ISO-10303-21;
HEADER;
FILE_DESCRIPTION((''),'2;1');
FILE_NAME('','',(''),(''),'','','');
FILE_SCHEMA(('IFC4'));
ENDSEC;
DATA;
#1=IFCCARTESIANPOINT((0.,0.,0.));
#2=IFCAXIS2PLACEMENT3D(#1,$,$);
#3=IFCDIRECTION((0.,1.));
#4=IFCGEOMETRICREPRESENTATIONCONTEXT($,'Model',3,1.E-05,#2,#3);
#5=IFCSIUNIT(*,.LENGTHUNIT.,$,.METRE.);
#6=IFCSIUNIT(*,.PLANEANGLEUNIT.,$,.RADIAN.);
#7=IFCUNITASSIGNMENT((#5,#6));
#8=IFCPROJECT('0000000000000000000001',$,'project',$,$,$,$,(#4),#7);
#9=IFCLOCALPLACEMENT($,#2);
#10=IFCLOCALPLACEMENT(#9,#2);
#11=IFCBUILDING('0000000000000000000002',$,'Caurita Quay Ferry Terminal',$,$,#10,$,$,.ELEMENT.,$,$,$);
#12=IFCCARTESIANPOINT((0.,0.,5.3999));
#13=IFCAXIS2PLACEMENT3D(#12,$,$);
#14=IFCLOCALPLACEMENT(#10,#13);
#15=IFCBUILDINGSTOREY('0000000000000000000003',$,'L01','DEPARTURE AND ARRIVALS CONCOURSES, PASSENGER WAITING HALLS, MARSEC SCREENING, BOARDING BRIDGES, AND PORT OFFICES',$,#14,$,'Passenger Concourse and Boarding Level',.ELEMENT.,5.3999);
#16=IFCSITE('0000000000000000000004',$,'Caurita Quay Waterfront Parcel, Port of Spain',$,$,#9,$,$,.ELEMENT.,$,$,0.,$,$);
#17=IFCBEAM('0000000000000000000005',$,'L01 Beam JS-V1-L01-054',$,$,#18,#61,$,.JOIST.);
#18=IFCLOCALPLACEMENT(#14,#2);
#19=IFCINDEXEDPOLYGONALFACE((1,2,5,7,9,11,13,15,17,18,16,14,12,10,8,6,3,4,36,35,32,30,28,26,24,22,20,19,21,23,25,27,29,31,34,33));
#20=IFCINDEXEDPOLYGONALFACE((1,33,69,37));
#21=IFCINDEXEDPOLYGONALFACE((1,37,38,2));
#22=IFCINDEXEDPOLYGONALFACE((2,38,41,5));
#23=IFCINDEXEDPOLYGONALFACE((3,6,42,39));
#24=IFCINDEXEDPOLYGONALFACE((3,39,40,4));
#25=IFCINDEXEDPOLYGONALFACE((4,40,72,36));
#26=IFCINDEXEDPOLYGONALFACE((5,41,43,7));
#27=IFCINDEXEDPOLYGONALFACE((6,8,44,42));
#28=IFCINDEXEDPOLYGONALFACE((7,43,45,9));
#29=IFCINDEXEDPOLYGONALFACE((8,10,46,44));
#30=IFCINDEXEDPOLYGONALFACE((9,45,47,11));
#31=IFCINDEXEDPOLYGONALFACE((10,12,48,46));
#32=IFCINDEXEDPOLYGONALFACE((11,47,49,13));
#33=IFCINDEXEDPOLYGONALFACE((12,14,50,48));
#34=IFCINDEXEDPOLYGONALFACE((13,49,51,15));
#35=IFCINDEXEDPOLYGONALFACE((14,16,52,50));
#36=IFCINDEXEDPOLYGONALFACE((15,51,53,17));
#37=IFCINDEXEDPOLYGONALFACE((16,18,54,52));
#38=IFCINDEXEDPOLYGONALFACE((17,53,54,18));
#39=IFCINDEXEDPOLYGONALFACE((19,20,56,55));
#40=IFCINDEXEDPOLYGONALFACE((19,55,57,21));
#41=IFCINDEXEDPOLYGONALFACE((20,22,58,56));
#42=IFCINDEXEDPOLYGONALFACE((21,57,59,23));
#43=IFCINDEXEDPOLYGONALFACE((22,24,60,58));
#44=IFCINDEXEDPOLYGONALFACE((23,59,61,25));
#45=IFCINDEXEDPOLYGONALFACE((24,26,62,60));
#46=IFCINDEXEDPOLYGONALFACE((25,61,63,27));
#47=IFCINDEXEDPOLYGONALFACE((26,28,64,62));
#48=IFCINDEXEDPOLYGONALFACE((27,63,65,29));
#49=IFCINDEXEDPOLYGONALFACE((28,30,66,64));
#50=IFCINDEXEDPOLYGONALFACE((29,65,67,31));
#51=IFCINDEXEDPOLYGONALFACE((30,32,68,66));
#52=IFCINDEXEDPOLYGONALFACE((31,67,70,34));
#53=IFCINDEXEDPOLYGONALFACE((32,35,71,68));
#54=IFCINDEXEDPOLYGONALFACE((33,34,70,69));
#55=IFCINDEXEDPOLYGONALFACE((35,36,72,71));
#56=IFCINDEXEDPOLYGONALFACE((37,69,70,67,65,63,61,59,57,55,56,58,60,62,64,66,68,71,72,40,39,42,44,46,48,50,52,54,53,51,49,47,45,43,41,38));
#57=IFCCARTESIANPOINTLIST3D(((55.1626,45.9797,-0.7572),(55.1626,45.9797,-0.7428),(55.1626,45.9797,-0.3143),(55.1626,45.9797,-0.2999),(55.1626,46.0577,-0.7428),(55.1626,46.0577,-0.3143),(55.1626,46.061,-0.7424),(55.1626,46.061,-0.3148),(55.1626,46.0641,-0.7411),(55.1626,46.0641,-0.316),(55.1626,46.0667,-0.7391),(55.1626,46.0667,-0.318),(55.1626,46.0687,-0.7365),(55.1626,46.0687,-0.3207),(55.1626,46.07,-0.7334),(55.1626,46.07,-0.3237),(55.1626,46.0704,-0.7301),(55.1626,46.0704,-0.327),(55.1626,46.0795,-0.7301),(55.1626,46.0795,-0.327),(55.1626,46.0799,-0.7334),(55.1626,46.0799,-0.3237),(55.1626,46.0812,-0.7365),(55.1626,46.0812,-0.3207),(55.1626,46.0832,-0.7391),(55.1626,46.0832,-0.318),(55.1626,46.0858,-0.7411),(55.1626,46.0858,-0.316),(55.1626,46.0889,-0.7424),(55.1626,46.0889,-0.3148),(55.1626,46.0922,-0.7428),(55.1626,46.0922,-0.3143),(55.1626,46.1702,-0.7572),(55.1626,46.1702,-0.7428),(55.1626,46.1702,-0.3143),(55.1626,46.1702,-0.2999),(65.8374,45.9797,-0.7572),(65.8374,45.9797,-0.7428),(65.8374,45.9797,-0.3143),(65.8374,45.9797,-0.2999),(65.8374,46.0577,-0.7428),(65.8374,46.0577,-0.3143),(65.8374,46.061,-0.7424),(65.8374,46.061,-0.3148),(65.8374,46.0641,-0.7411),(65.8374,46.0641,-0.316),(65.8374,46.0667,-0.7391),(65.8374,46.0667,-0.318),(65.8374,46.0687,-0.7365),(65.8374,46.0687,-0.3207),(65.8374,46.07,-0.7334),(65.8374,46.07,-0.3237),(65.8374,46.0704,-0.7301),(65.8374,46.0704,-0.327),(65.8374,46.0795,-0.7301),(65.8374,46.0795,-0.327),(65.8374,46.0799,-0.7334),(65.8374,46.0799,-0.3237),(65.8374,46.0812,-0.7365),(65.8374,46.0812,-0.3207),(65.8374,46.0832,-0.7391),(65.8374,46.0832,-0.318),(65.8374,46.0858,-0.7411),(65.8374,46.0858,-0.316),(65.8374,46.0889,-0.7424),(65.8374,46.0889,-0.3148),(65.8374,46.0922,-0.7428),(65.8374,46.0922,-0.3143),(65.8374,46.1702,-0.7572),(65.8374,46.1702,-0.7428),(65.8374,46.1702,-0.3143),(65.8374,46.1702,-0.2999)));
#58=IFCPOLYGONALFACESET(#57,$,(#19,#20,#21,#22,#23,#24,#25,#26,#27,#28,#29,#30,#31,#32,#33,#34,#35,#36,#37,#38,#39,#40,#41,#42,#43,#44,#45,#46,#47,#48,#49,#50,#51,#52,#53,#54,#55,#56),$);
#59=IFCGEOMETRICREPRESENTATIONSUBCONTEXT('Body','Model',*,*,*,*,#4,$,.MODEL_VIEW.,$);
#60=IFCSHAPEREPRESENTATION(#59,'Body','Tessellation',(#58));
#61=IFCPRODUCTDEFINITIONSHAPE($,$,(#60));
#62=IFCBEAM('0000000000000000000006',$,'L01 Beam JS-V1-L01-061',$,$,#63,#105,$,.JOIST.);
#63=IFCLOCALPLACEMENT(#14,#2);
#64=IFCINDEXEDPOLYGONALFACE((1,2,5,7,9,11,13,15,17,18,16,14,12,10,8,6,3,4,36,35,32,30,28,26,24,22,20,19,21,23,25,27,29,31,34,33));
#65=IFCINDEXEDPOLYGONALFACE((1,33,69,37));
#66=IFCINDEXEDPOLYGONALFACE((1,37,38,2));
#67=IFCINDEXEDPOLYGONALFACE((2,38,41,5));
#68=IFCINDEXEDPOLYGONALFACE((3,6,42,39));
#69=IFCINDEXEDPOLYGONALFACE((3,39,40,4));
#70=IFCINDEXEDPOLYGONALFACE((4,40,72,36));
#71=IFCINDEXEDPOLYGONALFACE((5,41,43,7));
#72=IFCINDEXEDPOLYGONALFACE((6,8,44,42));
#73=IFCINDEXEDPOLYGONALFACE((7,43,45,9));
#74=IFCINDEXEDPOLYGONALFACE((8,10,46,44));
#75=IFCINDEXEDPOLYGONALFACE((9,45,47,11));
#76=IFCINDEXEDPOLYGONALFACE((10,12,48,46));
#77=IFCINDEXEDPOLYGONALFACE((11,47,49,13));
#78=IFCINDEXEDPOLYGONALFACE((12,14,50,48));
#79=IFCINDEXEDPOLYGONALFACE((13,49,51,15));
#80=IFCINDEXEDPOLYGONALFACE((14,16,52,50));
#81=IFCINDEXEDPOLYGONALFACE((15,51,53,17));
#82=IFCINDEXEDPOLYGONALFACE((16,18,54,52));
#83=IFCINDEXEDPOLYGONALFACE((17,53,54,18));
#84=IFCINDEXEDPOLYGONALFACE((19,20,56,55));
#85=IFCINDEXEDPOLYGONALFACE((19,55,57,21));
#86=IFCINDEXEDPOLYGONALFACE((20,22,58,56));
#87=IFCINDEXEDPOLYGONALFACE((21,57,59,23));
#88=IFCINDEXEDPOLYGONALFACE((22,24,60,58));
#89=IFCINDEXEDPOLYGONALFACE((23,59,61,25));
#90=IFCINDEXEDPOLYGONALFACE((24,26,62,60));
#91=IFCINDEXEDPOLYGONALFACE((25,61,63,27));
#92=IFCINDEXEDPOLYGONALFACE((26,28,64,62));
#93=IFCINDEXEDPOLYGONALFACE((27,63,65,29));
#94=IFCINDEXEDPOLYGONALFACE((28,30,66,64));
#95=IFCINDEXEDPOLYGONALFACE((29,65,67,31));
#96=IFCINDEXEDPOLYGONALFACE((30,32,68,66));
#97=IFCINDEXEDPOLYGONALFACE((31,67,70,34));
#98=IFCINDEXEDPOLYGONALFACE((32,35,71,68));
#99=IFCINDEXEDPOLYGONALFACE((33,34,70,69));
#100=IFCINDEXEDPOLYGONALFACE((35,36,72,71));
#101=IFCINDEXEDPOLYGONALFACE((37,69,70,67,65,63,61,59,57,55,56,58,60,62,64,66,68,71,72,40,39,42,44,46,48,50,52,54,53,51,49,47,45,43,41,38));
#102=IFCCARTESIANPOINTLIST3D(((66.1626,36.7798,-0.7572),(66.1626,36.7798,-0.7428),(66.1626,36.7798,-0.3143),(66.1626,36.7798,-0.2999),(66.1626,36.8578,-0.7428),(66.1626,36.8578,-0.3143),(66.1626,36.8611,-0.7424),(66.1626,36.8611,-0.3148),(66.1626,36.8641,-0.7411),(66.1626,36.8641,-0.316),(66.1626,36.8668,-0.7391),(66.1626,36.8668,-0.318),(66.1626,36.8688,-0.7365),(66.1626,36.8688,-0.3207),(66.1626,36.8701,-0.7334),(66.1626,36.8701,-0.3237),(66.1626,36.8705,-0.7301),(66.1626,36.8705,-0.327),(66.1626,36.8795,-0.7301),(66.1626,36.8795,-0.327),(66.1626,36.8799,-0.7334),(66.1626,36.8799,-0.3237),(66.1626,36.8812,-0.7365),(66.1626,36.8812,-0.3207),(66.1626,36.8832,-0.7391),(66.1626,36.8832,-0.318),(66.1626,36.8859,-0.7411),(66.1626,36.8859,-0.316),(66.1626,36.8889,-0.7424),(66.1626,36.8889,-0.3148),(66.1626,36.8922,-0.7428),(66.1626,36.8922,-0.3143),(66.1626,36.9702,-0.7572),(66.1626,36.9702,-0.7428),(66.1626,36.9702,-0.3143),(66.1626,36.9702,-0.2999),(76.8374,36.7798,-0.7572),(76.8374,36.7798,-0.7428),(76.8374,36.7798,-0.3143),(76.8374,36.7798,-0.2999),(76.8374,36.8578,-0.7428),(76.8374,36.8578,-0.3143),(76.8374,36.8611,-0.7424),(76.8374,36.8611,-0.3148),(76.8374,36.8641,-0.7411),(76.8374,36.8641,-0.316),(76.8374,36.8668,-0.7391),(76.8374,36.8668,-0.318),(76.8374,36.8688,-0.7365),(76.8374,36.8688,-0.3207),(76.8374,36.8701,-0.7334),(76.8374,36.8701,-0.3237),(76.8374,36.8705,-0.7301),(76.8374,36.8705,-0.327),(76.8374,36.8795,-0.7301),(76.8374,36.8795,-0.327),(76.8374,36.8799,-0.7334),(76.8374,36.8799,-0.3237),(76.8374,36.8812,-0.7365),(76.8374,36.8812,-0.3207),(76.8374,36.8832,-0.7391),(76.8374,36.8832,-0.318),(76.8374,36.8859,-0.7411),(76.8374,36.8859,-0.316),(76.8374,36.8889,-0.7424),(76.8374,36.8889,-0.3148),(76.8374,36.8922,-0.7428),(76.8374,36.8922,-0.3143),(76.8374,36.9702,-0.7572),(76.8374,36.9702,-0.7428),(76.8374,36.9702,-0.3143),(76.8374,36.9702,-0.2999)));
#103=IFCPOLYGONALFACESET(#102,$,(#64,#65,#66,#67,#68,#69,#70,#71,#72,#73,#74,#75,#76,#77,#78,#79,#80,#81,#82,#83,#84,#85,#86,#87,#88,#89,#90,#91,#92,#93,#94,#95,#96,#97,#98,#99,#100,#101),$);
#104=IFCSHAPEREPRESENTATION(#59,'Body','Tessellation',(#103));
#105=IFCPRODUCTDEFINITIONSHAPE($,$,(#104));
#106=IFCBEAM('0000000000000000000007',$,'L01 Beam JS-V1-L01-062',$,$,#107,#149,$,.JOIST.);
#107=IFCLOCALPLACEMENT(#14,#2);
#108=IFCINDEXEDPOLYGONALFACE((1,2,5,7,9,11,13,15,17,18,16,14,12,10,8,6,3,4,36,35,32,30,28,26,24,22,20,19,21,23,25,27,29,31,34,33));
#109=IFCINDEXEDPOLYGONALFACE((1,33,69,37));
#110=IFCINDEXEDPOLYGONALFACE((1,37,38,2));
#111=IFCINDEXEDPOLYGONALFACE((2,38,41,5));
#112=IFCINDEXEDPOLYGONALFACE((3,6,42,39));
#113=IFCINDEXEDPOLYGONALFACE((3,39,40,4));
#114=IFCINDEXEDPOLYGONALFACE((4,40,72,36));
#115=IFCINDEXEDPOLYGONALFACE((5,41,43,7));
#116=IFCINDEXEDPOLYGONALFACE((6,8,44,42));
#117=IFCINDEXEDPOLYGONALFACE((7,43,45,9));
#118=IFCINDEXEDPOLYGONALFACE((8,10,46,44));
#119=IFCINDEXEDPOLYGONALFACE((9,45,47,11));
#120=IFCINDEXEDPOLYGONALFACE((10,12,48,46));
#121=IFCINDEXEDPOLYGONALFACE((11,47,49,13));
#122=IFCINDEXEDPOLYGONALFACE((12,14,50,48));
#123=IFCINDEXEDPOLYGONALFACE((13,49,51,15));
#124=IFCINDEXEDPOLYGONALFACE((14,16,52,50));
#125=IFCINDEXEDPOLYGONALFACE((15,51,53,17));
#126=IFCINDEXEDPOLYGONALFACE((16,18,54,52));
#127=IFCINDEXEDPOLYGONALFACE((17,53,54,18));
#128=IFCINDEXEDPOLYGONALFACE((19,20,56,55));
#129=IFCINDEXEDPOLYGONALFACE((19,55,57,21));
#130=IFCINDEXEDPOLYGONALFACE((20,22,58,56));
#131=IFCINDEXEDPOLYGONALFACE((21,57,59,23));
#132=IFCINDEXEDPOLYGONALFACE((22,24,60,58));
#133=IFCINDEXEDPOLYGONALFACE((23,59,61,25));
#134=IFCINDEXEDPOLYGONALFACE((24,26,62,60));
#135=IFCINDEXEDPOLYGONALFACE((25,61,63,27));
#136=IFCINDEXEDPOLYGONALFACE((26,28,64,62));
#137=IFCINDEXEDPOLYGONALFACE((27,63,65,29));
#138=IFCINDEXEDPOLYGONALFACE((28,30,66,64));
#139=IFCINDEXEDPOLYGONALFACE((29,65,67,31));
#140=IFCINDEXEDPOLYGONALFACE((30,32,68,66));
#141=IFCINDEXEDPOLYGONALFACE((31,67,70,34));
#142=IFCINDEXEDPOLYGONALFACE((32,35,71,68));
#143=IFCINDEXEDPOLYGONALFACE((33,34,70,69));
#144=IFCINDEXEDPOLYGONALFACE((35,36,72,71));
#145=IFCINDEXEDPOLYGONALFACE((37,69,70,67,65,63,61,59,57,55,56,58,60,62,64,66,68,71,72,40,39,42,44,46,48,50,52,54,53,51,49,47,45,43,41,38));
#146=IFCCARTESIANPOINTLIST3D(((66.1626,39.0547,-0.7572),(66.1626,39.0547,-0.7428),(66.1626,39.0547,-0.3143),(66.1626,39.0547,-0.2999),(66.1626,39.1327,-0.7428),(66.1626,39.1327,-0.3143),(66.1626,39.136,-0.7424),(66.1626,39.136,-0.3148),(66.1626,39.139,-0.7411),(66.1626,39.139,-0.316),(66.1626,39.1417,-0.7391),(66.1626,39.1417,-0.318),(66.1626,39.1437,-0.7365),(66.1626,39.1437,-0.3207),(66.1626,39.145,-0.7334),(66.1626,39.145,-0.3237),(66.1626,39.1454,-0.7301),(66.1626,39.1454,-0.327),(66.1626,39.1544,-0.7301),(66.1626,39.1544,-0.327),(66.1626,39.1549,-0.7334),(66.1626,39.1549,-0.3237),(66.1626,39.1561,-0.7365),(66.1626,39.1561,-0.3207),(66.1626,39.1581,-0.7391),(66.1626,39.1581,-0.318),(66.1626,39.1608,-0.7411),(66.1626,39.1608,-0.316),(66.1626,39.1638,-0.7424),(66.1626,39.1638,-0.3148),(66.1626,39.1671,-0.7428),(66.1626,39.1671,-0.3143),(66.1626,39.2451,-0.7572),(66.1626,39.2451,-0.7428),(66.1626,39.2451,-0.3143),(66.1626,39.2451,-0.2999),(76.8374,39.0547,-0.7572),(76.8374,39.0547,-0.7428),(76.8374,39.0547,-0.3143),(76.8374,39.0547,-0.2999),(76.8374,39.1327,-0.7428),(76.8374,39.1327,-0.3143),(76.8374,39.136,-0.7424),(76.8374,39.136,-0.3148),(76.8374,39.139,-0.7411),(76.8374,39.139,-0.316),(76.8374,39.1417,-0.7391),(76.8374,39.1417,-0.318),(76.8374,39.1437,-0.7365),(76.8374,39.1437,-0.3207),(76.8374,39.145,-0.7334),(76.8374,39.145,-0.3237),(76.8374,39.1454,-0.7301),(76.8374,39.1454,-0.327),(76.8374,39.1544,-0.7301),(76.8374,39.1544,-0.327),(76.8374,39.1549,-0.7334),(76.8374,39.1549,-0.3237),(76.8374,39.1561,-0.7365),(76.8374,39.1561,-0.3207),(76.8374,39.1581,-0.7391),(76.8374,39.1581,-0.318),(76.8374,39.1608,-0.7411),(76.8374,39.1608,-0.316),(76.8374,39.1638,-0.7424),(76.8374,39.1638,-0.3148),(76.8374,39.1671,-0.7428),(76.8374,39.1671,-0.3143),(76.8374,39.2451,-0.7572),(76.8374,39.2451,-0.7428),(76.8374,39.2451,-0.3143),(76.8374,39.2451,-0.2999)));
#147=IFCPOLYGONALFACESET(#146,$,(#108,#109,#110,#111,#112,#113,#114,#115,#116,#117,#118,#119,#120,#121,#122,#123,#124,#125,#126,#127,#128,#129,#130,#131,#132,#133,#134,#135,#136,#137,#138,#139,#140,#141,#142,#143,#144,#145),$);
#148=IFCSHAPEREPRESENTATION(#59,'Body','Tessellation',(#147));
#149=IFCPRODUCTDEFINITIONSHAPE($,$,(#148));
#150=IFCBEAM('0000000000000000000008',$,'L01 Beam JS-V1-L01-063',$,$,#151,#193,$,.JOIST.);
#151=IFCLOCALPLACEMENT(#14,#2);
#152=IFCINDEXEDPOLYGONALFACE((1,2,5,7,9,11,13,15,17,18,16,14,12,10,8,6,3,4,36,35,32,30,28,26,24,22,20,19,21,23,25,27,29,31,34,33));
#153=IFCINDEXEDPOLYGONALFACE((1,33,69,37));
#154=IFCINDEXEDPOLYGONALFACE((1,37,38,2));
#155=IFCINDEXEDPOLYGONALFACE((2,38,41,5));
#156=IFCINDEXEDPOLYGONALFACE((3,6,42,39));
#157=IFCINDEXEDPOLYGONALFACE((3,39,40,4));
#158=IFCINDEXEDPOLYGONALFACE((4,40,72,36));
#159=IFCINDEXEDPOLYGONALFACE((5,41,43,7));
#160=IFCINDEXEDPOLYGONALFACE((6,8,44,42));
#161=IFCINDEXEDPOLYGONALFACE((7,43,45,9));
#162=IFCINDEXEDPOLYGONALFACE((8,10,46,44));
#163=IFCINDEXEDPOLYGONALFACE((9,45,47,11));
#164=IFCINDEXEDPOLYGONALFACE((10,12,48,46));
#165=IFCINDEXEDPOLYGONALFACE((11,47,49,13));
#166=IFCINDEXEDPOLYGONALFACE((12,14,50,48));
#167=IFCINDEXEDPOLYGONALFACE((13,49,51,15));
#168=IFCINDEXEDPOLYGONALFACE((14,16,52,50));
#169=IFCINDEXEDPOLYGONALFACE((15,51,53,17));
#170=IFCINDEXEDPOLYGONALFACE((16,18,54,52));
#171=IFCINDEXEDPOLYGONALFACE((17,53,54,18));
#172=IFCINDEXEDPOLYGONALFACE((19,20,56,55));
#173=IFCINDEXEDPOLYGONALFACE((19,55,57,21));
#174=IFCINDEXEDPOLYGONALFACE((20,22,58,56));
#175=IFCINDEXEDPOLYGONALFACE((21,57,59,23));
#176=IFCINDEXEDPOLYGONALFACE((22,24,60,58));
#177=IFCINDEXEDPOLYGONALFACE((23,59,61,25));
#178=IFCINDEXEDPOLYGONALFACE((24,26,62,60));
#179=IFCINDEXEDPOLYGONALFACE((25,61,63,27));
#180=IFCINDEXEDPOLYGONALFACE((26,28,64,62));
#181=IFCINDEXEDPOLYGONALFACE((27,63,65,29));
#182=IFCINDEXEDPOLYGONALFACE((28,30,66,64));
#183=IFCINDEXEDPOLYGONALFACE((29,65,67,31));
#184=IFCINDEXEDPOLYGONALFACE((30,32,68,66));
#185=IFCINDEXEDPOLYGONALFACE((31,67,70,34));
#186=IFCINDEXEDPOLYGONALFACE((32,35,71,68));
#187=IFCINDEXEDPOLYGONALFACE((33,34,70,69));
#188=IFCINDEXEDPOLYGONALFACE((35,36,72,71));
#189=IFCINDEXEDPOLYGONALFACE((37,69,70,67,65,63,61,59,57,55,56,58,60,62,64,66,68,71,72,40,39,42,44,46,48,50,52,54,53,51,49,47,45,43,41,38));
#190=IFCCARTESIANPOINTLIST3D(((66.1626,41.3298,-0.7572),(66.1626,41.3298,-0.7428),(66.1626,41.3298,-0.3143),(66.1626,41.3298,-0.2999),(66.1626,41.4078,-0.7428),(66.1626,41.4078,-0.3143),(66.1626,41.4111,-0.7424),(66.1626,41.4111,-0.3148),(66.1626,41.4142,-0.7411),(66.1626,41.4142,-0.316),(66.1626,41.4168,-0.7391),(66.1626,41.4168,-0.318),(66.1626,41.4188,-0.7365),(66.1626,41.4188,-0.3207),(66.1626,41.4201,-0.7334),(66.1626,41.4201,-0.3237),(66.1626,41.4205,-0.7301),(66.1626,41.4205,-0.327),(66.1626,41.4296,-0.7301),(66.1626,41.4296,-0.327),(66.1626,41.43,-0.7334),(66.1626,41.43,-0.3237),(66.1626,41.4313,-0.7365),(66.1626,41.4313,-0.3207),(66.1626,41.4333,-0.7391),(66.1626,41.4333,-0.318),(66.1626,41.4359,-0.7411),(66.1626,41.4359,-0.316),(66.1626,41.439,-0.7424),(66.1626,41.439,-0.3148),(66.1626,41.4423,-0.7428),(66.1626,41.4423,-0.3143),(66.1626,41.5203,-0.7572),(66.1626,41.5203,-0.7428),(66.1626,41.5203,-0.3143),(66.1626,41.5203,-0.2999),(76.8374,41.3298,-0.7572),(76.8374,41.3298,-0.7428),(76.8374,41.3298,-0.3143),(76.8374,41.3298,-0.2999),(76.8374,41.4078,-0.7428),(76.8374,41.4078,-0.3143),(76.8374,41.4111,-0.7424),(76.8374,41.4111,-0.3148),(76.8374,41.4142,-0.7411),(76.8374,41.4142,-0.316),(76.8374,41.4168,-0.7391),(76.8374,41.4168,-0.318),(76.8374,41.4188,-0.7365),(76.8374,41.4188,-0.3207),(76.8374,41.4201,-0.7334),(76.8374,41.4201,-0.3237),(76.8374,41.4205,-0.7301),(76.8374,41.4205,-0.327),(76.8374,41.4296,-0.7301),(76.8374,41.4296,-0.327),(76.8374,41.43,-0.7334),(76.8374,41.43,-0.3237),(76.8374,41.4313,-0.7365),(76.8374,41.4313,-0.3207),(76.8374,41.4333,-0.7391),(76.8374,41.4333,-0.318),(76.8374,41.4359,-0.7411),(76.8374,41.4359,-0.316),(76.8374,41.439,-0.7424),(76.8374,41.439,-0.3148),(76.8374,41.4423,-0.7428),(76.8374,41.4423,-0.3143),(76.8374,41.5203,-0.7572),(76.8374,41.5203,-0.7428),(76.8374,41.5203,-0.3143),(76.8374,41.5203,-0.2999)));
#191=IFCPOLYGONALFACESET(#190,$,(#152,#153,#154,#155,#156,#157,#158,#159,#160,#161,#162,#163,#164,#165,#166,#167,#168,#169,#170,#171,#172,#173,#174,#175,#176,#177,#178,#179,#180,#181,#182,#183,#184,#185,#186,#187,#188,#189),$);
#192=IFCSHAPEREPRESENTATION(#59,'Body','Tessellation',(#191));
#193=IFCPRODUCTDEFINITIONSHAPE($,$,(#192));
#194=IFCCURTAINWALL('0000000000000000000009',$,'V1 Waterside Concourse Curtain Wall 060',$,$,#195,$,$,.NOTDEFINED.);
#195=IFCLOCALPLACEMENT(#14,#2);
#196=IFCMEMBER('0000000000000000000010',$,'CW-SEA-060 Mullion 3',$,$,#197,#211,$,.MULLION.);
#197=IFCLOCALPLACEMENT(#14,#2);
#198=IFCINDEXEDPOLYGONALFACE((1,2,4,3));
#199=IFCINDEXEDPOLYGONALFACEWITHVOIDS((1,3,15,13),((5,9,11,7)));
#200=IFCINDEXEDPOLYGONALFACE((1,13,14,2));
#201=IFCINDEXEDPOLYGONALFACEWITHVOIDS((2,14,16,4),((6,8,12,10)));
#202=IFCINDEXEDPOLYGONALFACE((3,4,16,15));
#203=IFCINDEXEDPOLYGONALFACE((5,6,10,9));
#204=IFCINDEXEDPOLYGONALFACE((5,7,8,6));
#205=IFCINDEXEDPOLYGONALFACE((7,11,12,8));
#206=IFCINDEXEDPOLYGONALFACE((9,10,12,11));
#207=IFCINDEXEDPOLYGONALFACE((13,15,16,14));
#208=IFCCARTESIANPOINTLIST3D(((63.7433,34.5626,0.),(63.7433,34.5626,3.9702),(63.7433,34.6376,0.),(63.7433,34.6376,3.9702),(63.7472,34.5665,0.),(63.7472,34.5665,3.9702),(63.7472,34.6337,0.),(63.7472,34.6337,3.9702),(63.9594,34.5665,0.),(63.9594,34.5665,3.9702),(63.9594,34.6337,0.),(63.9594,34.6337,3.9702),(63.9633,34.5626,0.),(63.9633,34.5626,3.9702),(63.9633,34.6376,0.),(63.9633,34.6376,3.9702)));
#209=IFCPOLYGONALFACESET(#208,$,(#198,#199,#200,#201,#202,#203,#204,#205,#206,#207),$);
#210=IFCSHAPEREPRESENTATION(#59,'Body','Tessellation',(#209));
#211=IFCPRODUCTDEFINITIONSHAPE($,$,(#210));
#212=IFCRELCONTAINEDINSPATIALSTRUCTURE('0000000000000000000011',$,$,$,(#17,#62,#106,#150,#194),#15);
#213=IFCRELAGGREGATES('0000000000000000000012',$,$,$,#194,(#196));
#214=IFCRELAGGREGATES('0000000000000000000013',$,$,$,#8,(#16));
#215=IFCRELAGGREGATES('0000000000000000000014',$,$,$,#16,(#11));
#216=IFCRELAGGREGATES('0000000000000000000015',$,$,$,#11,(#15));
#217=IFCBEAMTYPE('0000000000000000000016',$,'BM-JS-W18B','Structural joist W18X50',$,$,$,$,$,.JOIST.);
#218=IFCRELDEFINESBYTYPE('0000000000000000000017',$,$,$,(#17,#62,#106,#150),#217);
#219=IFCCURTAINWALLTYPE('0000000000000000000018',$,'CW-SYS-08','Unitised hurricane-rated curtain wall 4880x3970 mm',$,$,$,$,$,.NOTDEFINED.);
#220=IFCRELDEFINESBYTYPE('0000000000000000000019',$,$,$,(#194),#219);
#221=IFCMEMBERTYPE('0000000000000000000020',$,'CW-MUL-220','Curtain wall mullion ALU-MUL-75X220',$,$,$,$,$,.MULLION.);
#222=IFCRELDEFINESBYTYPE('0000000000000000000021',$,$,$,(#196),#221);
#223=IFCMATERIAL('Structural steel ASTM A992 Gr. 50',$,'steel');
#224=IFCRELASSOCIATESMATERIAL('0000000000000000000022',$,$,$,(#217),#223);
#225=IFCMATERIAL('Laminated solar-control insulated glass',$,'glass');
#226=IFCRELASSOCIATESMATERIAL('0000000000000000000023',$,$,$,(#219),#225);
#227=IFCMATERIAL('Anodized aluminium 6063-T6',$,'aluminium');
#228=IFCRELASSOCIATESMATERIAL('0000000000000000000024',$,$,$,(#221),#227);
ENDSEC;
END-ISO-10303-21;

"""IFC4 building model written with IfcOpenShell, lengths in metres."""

from ifc_helpers import new_model, si_unit, direction, frame, origin, origin_2d, place, context, subcontext, project, spatial, hollow_rectangle, i_section, extrude, material, material_profile, profile_set, type_object, element, aggregate, save


model = new_model("IFC4")

# Units and contexts
model_context = context("Model", 3, precision=1e-05, world=origin(), true_north=direction((0.0, 1.0)))
body_context = subcontext(model_context, "Body", "Model", "MODEL_VIEW")
ifc_project = project(units=[si_unit("LENGTHUNIT", "METRE"), si_unit("PLANEANGLEUNIT", "RADIAN")], contexts=[model_context])

# Site, building, storey
site_placement = place(None, origin())
site = spatial("IfcSite", under=ifc_project, at=site_placement, Name="Caurita Quay Waterfront Parcel, Port of Spain", CompositionType="ELEMENT", RefElevation=0.0)
building_placement = place(site_placement, origin())
building = spatial("IfcBuilding", under=site, at=building_placement, Name="Caurita Quay Ferry Terminal", CompositionType="ELEMENT")
storey_placement = place(building_placement, frame((0.0, 0.0, 5.3999)))
storey = spatial("IfcBuildingStorey", under=building, at=storey_placement, Name="L01", Description="DEPARTURE AND ARRIVALS CONCOURSES, PASSENGER WAITING HALLS, MARSEC SCREENING, BOARDING BRIDGES, AND PORT OFFICES", LongName="Passenger Concourse and Boarding Level", CompositionType="ELEMENT", Elevation=5.3999)

# Beams
ifc_material_1 = material(Name="Structural steel ASTM A992 Gr. 50", Category="steel")
ifc_material_profile_1 = material_profile(ifc_material_1, i_section(OverallWidth=0.1904, OverallDepth=0.4573, WebThickness=0.009, FlangeThickness=0.0144, FilletRadius=0.0127, at=origin_2d()), Name="W18X50")
ifc_profile_set_1 = profile_set([ifc_material_profile_1], Name="Structural steel ASTM A992 Gr. 50")
beam_type_1 = type_object("IfcBeamType", Name="BM-JS-W18B", Description="Structural joist W18X50", PredefinedType="JOIST", material=ifc_profile_set_1)
for number, where, z_axis, x_axis, name in (
    (1, (55.1626, 46.075, -0.5286), (1.0, 0.0, 0.0), (0.0, 1.0, 0.0), "L01 Beam JS-V1-L01-054"),
    (2, (66.1626, 36.875, -0.5286), (1.0, 0.0, 0.0), (0.0, 1.0, 0.0), "L01 Beam JS-V1-L01-061"),
    (3, (66.1626, 39.1499, -0.5286), (1.0, 0.0, 0.0), (0.0, 1.0, 0.0), "L01 Beam JS-V1-L01-062"),
    (4, (66.1626, 41.425, -0.5286), (1.0, 0.0, 0.0), (0.0, 1.0, 0.0), "L01 Beam JS-V1-L01-063"),
):
    element("IfcBeam", number, at=place(storey_placement, frame(where, z_axis=z_axis, x_axis=x_axis)), inside=storey, type_object=beam_type_1, Name=name, PredefinedType="JOIST", context=body_context, shape_type="SweptSolid", body=[
        extrude(i_section(OverallWidth=0.1904, OverallDepth=0.4573, WebThickness=0.009, FlangeThickness=0.0144, FilletRadius=0.0127, at=origin_2d()), origin(), (0.0, 0.0, 1.0), 10.6748),
    ])

# Curtain wall, member
ifc_material_2 = material(Name="Laminated solar-control insulated glass", Category="glass")
curtain_wall_type = type_object("IfcCurtainWallType", Name="CW-SYS-08", Description="Unitised hurricane-rated curtain wall 4880x3970 mm", PredefinedType="NOTDEFINED", material=ifc_material_2)
curtain_wall_1_placement = place(storey_placement, origin())
curtain_wall_1 = element("IfcCurtainWall", 5, at=curtain_wall_1_placement, inside=storey, type_object=curtain_wall_type, Name="V1 Waterside Concourse Curtain Wall 060", PredefinedType="NOTDEFINED")
ifc_material_3 = material(Name="Anodized aluminium 6063-T6", Category="aluminium")
ifc_material_profile_2 = material_profile(ifc_material_3, hollow_rectangle(XDim=0.075, YDim=0.22, WallThickness=0.0039, at=origin_2d()), Name="ALU-MUL-75X220")
ifc_profile_set_2 = profile_set([ifc_material_profile_2], Name="Anodized aluminium 6063-T6")
member_type_1 = type_object("IfcMemberType", Name="CW-MUL-220", Description="Curtain wall mullion ALU-MUL-75X220", PredefinedType="MULLION", material=ifc_profile_set_2)
member_1_placement = place(storey_placement, frame((63.8533, 34.6001, 0.0), z_axis=(0.0, 0.0, 1.0), x_axis=(0.0, 1.0, 0.0)))
member_1 = element("IfcMember", 6, at=member_1_placement, type_object=member_type_1, Name="CW-SEA-060 Mullion 3", PredefinedType="MULLION", context=body_context, shape_type="SweptSolid", body=[
    extrude(hollow_rectangle(XDim=0.075, YDim=0.22, WallThickness=0.0039, at=origin_2d()), origin(), (0.0, 0.0, 1.0), 3.9702),
])

aggregate(curtain_wall_1, [member_1])

save(model, "model.ifc")
